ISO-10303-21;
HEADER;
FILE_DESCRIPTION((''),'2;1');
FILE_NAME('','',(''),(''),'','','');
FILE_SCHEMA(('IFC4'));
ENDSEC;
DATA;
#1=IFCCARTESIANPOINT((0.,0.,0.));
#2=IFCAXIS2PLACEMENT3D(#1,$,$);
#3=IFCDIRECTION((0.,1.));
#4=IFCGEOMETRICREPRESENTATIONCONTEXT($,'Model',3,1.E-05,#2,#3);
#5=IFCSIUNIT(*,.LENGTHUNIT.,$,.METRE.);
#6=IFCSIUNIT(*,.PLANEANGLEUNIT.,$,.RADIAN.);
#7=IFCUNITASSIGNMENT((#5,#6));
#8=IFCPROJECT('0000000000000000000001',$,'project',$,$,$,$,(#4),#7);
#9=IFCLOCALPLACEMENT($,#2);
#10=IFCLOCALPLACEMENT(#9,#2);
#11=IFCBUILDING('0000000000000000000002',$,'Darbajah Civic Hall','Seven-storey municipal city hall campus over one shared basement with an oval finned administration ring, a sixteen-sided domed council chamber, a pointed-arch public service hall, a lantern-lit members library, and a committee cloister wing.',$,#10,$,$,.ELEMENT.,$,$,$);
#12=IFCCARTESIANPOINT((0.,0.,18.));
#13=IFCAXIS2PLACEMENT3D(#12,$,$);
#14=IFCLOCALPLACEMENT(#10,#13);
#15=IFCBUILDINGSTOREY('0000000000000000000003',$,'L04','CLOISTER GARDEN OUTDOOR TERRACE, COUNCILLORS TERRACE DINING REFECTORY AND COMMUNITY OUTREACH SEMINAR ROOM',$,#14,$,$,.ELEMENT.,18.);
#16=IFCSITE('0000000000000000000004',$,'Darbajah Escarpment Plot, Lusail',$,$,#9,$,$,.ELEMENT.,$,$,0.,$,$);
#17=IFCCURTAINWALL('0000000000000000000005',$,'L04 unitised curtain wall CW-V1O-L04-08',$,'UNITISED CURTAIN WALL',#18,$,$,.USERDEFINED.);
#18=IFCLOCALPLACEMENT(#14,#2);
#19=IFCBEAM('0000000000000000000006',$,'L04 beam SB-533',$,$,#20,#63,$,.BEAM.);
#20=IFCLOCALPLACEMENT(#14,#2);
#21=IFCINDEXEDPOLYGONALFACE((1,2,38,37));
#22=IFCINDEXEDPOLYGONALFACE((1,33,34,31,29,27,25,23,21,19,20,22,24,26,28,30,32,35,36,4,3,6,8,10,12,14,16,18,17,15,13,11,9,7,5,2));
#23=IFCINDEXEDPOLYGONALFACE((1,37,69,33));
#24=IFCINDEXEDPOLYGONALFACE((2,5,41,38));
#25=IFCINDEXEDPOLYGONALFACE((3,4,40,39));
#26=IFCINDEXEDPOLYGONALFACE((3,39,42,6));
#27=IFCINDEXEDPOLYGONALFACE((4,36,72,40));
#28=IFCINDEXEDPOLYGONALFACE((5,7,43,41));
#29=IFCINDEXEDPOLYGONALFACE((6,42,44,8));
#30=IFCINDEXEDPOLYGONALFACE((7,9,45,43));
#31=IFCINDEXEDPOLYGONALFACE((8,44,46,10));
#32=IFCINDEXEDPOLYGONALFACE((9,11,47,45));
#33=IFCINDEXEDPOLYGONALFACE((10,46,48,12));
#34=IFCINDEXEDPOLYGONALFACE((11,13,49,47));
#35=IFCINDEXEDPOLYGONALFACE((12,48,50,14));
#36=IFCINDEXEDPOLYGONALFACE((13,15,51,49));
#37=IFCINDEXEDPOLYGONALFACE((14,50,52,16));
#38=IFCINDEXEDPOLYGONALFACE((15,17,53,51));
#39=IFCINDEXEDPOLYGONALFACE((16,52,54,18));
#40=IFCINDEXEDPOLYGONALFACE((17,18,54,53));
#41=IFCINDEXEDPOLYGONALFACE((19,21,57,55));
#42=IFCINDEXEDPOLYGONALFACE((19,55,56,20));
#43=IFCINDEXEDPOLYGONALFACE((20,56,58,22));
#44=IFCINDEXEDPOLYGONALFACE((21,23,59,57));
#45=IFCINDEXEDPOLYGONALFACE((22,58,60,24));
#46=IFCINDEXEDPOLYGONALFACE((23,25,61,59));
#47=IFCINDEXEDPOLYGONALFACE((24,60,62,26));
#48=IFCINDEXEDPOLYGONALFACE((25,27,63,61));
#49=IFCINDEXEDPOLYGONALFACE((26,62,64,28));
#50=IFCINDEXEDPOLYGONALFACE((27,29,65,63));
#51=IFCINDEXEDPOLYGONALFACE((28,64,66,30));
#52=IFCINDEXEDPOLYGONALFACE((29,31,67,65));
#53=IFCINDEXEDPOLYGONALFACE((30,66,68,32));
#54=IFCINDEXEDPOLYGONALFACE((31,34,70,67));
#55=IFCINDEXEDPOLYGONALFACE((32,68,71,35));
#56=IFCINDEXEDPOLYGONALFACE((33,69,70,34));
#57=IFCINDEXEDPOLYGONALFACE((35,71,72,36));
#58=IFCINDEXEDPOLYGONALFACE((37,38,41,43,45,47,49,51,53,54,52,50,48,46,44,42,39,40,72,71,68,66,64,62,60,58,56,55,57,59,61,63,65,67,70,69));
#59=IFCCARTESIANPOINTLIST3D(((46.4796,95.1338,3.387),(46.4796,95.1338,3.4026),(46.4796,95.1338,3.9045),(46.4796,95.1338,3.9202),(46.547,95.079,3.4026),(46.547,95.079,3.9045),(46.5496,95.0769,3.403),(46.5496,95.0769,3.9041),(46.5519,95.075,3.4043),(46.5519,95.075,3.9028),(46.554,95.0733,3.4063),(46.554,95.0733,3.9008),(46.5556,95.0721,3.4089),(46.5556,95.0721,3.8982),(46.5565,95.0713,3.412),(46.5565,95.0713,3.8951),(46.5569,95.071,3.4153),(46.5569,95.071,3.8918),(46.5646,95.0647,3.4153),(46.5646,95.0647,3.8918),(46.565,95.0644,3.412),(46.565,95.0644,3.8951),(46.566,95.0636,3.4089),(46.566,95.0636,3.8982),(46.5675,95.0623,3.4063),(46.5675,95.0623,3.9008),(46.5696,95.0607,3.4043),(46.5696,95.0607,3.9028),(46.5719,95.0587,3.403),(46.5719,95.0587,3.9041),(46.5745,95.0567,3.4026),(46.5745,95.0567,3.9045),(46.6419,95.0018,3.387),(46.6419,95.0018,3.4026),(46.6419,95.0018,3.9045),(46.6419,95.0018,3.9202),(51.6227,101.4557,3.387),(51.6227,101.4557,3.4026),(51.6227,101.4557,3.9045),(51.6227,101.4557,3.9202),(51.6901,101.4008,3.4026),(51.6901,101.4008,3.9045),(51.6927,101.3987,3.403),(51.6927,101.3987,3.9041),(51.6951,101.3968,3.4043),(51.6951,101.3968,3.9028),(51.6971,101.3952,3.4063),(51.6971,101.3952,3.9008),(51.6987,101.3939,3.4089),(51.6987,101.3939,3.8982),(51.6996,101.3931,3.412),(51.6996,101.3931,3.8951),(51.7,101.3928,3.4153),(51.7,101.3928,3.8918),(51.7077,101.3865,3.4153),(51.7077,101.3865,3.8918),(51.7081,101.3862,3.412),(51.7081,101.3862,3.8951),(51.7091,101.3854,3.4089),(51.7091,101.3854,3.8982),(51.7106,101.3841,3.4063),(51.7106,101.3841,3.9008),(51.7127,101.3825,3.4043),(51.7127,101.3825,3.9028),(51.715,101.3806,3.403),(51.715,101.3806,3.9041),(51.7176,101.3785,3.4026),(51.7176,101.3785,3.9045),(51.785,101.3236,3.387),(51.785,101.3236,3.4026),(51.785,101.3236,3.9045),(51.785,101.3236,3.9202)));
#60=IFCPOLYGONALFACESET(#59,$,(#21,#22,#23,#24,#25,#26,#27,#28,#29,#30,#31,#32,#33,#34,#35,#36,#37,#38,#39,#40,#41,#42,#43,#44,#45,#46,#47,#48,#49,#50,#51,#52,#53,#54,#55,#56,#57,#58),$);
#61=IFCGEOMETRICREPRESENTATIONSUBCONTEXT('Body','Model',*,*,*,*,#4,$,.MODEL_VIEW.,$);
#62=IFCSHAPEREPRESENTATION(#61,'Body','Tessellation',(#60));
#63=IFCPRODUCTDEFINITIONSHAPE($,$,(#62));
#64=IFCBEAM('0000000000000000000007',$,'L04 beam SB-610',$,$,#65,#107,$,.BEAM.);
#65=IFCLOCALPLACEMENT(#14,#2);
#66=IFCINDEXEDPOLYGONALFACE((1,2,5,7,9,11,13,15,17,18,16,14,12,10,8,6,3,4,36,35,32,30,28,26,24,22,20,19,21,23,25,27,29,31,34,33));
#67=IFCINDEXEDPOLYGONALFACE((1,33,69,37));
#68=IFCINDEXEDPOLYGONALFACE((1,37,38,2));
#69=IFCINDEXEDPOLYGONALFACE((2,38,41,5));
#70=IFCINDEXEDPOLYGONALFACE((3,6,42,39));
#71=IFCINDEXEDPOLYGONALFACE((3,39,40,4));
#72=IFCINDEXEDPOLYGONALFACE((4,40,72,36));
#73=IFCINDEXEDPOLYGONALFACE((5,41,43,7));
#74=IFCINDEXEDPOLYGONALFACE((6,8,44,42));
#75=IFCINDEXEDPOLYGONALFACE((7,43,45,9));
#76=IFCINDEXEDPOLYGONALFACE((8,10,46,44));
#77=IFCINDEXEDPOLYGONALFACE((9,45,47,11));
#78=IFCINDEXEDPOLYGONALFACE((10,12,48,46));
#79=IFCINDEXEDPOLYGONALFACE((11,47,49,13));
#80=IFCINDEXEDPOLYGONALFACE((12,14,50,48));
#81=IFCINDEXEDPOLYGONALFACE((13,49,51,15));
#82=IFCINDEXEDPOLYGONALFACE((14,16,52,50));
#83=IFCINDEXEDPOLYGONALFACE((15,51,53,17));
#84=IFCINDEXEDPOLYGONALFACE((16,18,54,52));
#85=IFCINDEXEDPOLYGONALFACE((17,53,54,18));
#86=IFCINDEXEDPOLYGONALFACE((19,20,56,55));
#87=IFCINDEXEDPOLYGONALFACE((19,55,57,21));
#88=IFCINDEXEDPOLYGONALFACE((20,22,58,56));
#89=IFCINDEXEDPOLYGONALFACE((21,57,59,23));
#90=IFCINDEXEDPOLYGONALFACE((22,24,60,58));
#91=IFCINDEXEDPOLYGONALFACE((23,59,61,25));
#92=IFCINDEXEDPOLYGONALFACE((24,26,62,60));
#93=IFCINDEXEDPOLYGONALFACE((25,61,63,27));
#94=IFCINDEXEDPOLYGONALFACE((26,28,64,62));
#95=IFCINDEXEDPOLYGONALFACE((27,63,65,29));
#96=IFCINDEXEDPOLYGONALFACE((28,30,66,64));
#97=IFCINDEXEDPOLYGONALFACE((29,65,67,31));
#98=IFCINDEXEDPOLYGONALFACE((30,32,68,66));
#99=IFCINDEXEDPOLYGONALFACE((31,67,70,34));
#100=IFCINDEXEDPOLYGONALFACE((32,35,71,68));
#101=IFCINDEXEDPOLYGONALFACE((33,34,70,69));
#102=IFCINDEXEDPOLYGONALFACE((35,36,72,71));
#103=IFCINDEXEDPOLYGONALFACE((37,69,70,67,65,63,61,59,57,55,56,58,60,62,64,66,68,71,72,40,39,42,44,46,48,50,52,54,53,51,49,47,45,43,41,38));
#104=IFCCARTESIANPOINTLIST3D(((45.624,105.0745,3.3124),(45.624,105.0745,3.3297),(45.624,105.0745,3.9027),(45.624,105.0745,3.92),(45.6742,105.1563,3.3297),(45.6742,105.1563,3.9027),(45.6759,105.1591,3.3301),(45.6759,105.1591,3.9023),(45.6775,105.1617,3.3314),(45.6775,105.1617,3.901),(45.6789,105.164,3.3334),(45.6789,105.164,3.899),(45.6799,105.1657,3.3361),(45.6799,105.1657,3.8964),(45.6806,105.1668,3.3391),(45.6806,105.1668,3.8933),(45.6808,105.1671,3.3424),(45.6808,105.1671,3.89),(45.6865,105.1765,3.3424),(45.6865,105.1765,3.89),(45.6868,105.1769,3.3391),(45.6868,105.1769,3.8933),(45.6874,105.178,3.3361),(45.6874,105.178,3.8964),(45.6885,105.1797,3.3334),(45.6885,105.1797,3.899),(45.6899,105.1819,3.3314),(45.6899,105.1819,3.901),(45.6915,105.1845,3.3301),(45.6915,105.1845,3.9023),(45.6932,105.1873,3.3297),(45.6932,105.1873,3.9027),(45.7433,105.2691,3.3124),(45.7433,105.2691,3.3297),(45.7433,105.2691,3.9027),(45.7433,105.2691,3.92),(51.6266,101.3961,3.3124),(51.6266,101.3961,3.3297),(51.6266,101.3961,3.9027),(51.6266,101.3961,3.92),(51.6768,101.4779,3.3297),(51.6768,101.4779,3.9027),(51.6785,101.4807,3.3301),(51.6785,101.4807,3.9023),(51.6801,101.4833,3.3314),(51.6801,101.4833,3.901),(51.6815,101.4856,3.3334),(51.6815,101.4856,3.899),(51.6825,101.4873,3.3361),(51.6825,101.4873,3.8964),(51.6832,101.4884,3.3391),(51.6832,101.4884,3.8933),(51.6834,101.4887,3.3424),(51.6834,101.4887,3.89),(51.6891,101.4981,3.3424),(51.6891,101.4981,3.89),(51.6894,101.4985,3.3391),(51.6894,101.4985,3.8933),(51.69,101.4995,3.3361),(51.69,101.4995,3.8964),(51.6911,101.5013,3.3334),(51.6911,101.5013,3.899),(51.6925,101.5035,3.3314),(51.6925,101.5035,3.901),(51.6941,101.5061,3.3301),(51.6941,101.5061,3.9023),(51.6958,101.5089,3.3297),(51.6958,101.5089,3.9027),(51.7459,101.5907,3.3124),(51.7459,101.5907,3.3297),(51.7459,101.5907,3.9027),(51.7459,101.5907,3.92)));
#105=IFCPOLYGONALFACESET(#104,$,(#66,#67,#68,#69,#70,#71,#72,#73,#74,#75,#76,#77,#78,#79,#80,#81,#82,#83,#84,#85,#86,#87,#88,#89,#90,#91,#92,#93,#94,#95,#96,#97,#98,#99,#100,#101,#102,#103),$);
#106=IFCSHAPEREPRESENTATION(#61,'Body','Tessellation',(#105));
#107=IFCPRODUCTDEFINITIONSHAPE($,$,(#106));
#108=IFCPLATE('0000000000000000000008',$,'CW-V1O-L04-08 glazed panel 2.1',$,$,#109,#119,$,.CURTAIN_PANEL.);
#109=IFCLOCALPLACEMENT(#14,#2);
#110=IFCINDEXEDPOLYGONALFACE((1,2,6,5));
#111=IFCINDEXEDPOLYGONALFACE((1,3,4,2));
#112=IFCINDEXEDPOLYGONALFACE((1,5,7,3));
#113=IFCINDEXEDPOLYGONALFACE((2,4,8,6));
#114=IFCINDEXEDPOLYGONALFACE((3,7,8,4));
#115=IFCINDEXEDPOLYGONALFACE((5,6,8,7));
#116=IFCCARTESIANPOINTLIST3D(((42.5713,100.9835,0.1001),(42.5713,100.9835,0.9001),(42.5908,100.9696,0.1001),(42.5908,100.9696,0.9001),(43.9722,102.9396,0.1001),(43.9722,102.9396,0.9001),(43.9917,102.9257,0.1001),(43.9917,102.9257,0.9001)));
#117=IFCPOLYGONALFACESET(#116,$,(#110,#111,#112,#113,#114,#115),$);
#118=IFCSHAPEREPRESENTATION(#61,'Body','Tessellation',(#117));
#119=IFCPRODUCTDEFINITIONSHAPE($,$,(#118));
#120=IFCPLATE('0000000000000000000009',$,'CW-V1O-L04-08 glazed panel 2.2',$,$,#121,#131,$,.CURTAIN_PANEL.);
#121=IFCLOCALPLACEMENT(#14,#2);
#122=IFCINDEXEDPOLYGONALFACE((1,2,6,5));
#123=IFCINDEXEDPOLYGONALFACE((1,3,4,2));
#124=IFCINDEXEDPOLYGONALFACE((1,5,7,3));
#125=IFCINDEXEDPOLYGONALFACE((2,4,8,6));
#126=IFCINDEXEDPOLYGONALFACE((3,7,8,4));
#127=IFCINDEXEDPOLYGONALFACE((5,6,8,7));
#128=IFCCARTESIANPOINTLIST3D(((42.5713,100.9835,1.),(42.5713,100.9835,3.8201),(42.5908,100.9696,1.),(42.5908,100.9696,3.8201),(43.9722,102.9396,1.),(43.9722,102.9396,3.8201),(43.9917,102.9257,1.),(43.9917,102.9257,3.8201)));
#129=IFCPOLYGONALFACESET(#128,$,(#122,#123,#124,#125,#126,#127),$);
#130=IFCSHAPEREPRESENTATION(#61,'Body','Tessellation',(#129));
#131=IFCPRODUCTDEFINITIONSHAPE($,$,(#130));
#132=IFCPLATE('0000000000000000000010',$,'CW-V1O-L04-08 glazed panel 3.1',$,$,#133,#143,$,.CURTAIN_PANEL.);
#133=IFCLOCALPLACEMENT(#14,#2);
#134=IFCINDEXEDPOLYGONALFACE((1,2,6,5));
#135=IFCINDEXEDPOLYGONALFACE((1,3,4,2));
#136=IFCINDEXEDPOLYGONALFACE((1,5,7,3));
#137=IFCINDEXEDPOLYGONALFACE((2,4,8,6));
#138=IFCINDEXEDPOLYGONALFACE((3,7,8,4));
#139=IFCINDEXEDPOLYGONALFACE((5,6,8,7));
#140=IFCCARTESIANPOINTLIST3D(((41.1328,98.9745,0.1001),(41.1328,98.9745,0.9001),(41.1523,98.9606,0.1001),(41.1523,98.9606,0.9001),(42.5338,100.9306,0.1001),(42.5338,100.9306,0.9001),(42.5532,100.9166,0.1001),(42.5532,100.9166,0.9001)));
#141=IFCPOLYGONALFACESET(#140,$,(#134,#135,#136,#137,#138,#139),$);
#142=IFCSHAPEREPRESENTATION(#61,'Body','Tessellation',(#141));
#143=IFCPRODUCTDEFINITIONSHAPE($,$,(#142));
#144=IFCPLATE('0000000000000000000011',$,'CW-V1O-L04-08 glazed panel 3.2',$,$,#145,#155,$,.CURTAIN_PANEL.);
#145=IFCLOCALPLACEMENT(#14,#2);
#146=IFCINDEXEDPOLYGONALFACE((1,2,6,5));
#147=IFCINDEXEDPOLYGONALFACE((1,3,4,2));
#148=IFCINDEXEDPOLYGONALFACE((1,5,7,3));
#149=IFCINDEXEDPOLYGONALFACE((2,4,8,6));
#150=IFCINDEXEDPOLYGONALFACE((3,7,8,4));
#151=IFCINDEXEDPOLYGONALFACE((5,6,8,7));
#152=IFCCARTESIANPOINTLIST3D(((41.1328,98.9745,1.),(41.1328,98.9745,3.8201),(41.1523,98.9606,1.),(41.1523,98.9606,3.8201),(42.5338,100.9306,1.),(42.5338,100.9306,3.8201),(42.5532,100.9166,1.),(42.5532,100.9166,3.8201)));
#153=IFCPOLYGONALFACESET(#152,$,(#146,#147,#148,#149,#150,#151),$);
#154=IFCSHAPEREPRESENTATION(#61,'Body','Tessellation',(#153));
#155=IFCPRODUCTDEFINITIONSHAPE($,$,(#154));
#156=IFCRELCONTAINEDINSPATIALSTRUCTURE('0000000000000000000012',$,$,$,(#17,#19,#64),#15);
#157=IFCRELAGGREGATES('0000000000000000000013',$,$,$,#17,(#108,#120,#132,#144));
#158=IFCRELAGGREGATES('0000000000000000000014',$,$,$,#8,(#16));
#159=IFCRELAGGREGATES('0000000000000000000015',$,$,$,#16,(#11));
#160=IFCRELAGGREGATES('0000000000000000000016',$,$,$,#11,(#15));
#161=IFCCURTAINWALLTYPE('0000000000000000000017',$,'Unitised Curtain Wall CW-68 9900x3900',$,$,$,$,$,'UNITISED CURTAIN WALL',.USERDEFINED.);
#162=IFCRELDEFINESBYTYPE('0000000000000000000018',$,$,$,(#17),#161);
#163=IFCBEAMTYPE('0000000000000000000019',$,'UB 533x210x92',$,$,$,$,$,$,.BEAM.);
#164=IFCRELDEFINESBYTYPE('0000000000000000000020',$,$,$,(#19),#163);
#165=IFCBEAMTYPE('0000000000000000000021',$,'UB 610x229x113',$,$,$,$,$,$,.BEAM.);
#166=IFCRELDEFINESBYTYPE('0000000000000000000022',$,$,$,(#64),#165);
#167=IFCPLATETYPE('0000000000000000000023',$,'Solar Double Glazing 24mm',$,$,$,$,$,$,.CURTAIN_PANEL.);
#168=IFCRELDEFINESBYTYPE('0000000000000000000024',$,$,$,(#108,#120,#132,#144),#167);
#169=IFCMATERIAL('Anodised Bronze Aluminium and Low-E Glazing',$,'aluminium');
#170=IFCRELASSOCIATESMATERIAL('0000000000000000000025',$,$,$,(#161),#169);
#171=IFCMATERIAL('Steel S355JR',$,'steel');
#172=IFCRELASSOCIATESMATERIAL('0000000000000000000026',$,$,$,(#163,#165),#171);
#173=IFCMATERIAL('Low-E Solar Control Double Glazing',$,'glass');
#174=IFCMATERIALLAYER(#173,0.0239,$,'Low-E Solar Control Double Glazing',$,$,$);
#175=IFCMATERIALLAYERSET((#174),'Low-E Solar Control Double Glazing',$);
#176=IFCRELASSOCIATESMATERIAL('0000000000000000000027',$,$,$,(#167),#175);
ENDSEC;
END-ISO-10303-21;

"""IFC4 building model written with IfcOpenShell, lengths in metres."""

from ifc_helpers import new_model, si_unit, direction, frame, origin, origin_2d, place, context, subcontext, project, spatial, rectangle, i_section, extrude, material, layer, layer_set, material_profile, profile_set, type_object, element, aggregate, save


model = new_model("IFC4")

# Units and contexts
model_context = context("Model", 3, precision=1e-05, world=origin(), true_north=direction((0.0, 1.0)))
body_context = subcontext(model_context, "Body", "Model", "MODEL_VIEW")
ifc_project = project(units=[si_unit("LENGTHUNIT", "METRE"), si_unit("PLANEANGLEUNIT", "RADIAN")], contexts=[model_context])

# Site, building, storey
site_placement = place(None, origin())
site = spatial("IfcSite", under=ifc_project, at=site_placement, Name="Darbajah Escarpment Plot, Lusail", CompositionType="ELEMENT", RefElevation=0.0)
building_placement = place(site_placement, origin())
building = spatial("IfcBuilding", under=site, at=building_placement, Name="Darbajah Civic Hall", Description="Seven-storey municipal city hall campus over one shared basement with an oval finned administration ring, a sixteen-sided domed council chamber, a pointed-arch public service hall, a lantern-lit members library, and a committee cloister wing.", CompositionType="ELEMENT")
storey_placement = place(building_placement, frame((0.0, 0.0, 18.0)))
storey = spatial("IfcBuildingStorey", under=building, at=storey_placement, Name="L04", Description="CLOISTER GARDEN OUTDOOR TERRACE, COUNCILLORS TERRACE DINING REFECTORY AND COMMUNITY OUTREACH SEMINAR ROOM", CompositionType="ELEMENT", Elevation=18.0)

# Curtain wall
ifc_material_1 = material(Name="Anodised Bronze Aluminium and Low-E Glazing", Category="aluminium")
curtain_wall_type = type_object("IfcCurtainWallType", Name="Unitised Curtain Wall CW-68 9900x3900", ElementType="UNITISED CURTAIN WALL", PredefinedType="USERDEFINED", material=ifc_material_1)
curtain_wall_placement = place(storey_placement, origin())
curtain_wall = element("IfcCurtainWall", 1, at=curtain_wall_placement, inside=storey, type_object=curtain_wall_type, Name="L04 unitised curtain wall CW-V1O-L04-08", ObjectType="UNITISED CURTAIN WALL", PredefinedType="USERDEFINED")

# Beams
ifc_material_2 = material(Name="Steel S355JR", Category="steel")
ifc_material_profile_1 = material_profile(ifc_material_2, i_section(OverallWidth=0.2092, OverallDepth=0.5332, WebThickness=0.01, FlangeThickness=0.0156, FilletRadius=0.0127, at=origin_2d()), Name="UB 533x210x92")
ifc_profile_set_1 = profile_set([ifc_material_profile_1], Name="Steel S355JR")
beam_type_1 = type_object("IfcBeamType", Name="UB 533x210x92", PredefinedType="BEAM", material=ifc_profile_set_1)
beam_1_placement = place(storey_placement, frame((51.7039, 101.3896, 3.6536), z_axis=(-0.631082, -0.775716, 0.0), x_axis=(0.775716, -0.631082, 0.0)))
element("IfcBeam", 2, at=beam_1_placement, inside=storey, type_object=beam_type_1, Name="L04 beam SB-533", PredefinedType="BEAM", context=body_context, shape_type="SweptSolid", body=[
    extrude(i_section(OverallWidth=0.2092, OverallDepth=0.5332, WebThickness=0.01, FlangeThickness=0.0156, FilletRadius=0.0127, at=origin_2d()), origin(), (0.0, 0.0, 1.0), 8.1497),
])
ifc_material_profile_2 = material_profile(ifc_material_2, i_section(OverallWidth=0.2283, OverallDepth=0.6077, WebThickness=0.011, FlangeThickness=0.0173, FilletRadius=0.0127, at=origin_2d()), Name="UB 610x229x113")
ifc_profile_set_2 = profile_set([ifc_material_profile_2], Name="Steel S355JR")
beam_type_2 = type_object("IfcBeamType", Name="UB 610x229x113", PredefinedType="BEAM", material=ifc_profile_set_2)
beam_2_placement = place(storey_placement, frame((51.6863, 101.4934, 3.6162), z_axis=(-0.852639, 0.5225, 0.0), x_axis=(-0.5225, -0.852639, 0.0)))
element("IfcBeam", 3, at=beam_2_placement, inside=storey, type_object=beam_type_2, Name="L04 beam SB-610", PredefinedType="BEAM", context=body_context, shape_type="SweptSolid", body=[
    extrude(i_section(OverallWidth=0.2283, OverallDepth=0.6077, WebThickness=0.011, FlangeThickness=0.0173, FilletRadius=0.0127, at=origin_2d()), origin(), (0.0, 0.0, 1.0), 7.04),
])

# Plates
ifc_material_3 = material(Name="Low-E Solar Control Double Glazing", Category="glass")
ifc_layer_1 = layer(ifc_material_3, 0.0239, Name="Low-E Solar Control Double Glazing")
ifc_layer_set_1 = layer_set([ifc_layer_1], Name="Low-E Solar Control Double Glazing")
plate_type = type_object("IfcPlateType", Name="Solar Double Glazing 24mm", PredefinedType="CURTAIN_PANEL", material=ifc_layer_set_1)
plate_1_placement = place(storey_placement, frame((43.2815, 101.9546, 0.1001), z_axis=(0.0, 0.0, 1.0), x_axis=(-0.582265, -0.812999, 0.0)))
plate_1 = element("IfcPlate", 4, at=plate_1_placement, type_object=plate_type, Name="CW-V1O-L04-08 glazed panel 2.1", PredefinedType="CURTAIN_PANEL", context=body_context, shape_type="SweptSolid", body=[
    extrude(rectangle(XDim=2.406, YDim=0.0239, at=origin_2d()), origin(), (0.0, 0.0, 1.0), 0.8),
])
plate_2_placement = place(storey_placement, frame((43.2815, 101.9546, 1.0), z_axis=(0.0, 0.0, 1.0), x_axis=(-0.582265, -0.812999, 0.0)))
plate_2 = element("IfcPlate", 5, at=plate_2_placement, type_object=plate_type, Name="CW-V1O-L04-08 glazed panel 2.2", PredefinedType="CURTAIN_PANEL", context=body_context, shape_type="SweptSolid", body=[
    extrude(rectangle(XDim=2.406, YDim=0.0239, at=origin_2d()), origin(), (0.0, 0.0, 1.0), 2.8201),
])
plate_3_placement = place(storey_placement, frame((41.843, 99.9456, 0.1001), z_axis=(0.0, 0.0, 1.0), x_axis=(-0.582265, -0.812999, 0.0)))
plate_3 = element("IfcPlate", 6, at=plate_3_placement, type_object=plate_type, Name="CW-V1O-L04-08 glazed panel 3.1", PredefinedType="CURTAIN_PANEL", context=body_context, shape_type="SweptSolid", body=[
    extrude(rectangle(XDim=2.406, YDim=0.0239, at=origin_2d()), origin(), (0.0, 0.0, 1.0), 0.8),
])
plate_4_placement = place(storey_placement, frame((41.843, 99.9456, 1.0), z_axis=(0.0, 0.0, 1.0), x_axis=(-0.582265, -0.812999, 0.0)))
plate_4 = element("IfcPlate", 7, at=plate_4_placement, type_object=plate_type, Name="CW-V1O-L04-08 glazed panel 3.2", PredefinedType="CURTAIN_PANEL", context=body_context, shape_type="SweptSolid", body=[
    extrude(rectangle(XDim=2.406, YDim=0.0239, at=origin_2d()), origin(), (0.0, 0.0, 1.0), 2.8201),
])
aggregate(curtain_wall, [plate_1, plate_2, plate_3, plate_4])

save(model, "model.ifc")
